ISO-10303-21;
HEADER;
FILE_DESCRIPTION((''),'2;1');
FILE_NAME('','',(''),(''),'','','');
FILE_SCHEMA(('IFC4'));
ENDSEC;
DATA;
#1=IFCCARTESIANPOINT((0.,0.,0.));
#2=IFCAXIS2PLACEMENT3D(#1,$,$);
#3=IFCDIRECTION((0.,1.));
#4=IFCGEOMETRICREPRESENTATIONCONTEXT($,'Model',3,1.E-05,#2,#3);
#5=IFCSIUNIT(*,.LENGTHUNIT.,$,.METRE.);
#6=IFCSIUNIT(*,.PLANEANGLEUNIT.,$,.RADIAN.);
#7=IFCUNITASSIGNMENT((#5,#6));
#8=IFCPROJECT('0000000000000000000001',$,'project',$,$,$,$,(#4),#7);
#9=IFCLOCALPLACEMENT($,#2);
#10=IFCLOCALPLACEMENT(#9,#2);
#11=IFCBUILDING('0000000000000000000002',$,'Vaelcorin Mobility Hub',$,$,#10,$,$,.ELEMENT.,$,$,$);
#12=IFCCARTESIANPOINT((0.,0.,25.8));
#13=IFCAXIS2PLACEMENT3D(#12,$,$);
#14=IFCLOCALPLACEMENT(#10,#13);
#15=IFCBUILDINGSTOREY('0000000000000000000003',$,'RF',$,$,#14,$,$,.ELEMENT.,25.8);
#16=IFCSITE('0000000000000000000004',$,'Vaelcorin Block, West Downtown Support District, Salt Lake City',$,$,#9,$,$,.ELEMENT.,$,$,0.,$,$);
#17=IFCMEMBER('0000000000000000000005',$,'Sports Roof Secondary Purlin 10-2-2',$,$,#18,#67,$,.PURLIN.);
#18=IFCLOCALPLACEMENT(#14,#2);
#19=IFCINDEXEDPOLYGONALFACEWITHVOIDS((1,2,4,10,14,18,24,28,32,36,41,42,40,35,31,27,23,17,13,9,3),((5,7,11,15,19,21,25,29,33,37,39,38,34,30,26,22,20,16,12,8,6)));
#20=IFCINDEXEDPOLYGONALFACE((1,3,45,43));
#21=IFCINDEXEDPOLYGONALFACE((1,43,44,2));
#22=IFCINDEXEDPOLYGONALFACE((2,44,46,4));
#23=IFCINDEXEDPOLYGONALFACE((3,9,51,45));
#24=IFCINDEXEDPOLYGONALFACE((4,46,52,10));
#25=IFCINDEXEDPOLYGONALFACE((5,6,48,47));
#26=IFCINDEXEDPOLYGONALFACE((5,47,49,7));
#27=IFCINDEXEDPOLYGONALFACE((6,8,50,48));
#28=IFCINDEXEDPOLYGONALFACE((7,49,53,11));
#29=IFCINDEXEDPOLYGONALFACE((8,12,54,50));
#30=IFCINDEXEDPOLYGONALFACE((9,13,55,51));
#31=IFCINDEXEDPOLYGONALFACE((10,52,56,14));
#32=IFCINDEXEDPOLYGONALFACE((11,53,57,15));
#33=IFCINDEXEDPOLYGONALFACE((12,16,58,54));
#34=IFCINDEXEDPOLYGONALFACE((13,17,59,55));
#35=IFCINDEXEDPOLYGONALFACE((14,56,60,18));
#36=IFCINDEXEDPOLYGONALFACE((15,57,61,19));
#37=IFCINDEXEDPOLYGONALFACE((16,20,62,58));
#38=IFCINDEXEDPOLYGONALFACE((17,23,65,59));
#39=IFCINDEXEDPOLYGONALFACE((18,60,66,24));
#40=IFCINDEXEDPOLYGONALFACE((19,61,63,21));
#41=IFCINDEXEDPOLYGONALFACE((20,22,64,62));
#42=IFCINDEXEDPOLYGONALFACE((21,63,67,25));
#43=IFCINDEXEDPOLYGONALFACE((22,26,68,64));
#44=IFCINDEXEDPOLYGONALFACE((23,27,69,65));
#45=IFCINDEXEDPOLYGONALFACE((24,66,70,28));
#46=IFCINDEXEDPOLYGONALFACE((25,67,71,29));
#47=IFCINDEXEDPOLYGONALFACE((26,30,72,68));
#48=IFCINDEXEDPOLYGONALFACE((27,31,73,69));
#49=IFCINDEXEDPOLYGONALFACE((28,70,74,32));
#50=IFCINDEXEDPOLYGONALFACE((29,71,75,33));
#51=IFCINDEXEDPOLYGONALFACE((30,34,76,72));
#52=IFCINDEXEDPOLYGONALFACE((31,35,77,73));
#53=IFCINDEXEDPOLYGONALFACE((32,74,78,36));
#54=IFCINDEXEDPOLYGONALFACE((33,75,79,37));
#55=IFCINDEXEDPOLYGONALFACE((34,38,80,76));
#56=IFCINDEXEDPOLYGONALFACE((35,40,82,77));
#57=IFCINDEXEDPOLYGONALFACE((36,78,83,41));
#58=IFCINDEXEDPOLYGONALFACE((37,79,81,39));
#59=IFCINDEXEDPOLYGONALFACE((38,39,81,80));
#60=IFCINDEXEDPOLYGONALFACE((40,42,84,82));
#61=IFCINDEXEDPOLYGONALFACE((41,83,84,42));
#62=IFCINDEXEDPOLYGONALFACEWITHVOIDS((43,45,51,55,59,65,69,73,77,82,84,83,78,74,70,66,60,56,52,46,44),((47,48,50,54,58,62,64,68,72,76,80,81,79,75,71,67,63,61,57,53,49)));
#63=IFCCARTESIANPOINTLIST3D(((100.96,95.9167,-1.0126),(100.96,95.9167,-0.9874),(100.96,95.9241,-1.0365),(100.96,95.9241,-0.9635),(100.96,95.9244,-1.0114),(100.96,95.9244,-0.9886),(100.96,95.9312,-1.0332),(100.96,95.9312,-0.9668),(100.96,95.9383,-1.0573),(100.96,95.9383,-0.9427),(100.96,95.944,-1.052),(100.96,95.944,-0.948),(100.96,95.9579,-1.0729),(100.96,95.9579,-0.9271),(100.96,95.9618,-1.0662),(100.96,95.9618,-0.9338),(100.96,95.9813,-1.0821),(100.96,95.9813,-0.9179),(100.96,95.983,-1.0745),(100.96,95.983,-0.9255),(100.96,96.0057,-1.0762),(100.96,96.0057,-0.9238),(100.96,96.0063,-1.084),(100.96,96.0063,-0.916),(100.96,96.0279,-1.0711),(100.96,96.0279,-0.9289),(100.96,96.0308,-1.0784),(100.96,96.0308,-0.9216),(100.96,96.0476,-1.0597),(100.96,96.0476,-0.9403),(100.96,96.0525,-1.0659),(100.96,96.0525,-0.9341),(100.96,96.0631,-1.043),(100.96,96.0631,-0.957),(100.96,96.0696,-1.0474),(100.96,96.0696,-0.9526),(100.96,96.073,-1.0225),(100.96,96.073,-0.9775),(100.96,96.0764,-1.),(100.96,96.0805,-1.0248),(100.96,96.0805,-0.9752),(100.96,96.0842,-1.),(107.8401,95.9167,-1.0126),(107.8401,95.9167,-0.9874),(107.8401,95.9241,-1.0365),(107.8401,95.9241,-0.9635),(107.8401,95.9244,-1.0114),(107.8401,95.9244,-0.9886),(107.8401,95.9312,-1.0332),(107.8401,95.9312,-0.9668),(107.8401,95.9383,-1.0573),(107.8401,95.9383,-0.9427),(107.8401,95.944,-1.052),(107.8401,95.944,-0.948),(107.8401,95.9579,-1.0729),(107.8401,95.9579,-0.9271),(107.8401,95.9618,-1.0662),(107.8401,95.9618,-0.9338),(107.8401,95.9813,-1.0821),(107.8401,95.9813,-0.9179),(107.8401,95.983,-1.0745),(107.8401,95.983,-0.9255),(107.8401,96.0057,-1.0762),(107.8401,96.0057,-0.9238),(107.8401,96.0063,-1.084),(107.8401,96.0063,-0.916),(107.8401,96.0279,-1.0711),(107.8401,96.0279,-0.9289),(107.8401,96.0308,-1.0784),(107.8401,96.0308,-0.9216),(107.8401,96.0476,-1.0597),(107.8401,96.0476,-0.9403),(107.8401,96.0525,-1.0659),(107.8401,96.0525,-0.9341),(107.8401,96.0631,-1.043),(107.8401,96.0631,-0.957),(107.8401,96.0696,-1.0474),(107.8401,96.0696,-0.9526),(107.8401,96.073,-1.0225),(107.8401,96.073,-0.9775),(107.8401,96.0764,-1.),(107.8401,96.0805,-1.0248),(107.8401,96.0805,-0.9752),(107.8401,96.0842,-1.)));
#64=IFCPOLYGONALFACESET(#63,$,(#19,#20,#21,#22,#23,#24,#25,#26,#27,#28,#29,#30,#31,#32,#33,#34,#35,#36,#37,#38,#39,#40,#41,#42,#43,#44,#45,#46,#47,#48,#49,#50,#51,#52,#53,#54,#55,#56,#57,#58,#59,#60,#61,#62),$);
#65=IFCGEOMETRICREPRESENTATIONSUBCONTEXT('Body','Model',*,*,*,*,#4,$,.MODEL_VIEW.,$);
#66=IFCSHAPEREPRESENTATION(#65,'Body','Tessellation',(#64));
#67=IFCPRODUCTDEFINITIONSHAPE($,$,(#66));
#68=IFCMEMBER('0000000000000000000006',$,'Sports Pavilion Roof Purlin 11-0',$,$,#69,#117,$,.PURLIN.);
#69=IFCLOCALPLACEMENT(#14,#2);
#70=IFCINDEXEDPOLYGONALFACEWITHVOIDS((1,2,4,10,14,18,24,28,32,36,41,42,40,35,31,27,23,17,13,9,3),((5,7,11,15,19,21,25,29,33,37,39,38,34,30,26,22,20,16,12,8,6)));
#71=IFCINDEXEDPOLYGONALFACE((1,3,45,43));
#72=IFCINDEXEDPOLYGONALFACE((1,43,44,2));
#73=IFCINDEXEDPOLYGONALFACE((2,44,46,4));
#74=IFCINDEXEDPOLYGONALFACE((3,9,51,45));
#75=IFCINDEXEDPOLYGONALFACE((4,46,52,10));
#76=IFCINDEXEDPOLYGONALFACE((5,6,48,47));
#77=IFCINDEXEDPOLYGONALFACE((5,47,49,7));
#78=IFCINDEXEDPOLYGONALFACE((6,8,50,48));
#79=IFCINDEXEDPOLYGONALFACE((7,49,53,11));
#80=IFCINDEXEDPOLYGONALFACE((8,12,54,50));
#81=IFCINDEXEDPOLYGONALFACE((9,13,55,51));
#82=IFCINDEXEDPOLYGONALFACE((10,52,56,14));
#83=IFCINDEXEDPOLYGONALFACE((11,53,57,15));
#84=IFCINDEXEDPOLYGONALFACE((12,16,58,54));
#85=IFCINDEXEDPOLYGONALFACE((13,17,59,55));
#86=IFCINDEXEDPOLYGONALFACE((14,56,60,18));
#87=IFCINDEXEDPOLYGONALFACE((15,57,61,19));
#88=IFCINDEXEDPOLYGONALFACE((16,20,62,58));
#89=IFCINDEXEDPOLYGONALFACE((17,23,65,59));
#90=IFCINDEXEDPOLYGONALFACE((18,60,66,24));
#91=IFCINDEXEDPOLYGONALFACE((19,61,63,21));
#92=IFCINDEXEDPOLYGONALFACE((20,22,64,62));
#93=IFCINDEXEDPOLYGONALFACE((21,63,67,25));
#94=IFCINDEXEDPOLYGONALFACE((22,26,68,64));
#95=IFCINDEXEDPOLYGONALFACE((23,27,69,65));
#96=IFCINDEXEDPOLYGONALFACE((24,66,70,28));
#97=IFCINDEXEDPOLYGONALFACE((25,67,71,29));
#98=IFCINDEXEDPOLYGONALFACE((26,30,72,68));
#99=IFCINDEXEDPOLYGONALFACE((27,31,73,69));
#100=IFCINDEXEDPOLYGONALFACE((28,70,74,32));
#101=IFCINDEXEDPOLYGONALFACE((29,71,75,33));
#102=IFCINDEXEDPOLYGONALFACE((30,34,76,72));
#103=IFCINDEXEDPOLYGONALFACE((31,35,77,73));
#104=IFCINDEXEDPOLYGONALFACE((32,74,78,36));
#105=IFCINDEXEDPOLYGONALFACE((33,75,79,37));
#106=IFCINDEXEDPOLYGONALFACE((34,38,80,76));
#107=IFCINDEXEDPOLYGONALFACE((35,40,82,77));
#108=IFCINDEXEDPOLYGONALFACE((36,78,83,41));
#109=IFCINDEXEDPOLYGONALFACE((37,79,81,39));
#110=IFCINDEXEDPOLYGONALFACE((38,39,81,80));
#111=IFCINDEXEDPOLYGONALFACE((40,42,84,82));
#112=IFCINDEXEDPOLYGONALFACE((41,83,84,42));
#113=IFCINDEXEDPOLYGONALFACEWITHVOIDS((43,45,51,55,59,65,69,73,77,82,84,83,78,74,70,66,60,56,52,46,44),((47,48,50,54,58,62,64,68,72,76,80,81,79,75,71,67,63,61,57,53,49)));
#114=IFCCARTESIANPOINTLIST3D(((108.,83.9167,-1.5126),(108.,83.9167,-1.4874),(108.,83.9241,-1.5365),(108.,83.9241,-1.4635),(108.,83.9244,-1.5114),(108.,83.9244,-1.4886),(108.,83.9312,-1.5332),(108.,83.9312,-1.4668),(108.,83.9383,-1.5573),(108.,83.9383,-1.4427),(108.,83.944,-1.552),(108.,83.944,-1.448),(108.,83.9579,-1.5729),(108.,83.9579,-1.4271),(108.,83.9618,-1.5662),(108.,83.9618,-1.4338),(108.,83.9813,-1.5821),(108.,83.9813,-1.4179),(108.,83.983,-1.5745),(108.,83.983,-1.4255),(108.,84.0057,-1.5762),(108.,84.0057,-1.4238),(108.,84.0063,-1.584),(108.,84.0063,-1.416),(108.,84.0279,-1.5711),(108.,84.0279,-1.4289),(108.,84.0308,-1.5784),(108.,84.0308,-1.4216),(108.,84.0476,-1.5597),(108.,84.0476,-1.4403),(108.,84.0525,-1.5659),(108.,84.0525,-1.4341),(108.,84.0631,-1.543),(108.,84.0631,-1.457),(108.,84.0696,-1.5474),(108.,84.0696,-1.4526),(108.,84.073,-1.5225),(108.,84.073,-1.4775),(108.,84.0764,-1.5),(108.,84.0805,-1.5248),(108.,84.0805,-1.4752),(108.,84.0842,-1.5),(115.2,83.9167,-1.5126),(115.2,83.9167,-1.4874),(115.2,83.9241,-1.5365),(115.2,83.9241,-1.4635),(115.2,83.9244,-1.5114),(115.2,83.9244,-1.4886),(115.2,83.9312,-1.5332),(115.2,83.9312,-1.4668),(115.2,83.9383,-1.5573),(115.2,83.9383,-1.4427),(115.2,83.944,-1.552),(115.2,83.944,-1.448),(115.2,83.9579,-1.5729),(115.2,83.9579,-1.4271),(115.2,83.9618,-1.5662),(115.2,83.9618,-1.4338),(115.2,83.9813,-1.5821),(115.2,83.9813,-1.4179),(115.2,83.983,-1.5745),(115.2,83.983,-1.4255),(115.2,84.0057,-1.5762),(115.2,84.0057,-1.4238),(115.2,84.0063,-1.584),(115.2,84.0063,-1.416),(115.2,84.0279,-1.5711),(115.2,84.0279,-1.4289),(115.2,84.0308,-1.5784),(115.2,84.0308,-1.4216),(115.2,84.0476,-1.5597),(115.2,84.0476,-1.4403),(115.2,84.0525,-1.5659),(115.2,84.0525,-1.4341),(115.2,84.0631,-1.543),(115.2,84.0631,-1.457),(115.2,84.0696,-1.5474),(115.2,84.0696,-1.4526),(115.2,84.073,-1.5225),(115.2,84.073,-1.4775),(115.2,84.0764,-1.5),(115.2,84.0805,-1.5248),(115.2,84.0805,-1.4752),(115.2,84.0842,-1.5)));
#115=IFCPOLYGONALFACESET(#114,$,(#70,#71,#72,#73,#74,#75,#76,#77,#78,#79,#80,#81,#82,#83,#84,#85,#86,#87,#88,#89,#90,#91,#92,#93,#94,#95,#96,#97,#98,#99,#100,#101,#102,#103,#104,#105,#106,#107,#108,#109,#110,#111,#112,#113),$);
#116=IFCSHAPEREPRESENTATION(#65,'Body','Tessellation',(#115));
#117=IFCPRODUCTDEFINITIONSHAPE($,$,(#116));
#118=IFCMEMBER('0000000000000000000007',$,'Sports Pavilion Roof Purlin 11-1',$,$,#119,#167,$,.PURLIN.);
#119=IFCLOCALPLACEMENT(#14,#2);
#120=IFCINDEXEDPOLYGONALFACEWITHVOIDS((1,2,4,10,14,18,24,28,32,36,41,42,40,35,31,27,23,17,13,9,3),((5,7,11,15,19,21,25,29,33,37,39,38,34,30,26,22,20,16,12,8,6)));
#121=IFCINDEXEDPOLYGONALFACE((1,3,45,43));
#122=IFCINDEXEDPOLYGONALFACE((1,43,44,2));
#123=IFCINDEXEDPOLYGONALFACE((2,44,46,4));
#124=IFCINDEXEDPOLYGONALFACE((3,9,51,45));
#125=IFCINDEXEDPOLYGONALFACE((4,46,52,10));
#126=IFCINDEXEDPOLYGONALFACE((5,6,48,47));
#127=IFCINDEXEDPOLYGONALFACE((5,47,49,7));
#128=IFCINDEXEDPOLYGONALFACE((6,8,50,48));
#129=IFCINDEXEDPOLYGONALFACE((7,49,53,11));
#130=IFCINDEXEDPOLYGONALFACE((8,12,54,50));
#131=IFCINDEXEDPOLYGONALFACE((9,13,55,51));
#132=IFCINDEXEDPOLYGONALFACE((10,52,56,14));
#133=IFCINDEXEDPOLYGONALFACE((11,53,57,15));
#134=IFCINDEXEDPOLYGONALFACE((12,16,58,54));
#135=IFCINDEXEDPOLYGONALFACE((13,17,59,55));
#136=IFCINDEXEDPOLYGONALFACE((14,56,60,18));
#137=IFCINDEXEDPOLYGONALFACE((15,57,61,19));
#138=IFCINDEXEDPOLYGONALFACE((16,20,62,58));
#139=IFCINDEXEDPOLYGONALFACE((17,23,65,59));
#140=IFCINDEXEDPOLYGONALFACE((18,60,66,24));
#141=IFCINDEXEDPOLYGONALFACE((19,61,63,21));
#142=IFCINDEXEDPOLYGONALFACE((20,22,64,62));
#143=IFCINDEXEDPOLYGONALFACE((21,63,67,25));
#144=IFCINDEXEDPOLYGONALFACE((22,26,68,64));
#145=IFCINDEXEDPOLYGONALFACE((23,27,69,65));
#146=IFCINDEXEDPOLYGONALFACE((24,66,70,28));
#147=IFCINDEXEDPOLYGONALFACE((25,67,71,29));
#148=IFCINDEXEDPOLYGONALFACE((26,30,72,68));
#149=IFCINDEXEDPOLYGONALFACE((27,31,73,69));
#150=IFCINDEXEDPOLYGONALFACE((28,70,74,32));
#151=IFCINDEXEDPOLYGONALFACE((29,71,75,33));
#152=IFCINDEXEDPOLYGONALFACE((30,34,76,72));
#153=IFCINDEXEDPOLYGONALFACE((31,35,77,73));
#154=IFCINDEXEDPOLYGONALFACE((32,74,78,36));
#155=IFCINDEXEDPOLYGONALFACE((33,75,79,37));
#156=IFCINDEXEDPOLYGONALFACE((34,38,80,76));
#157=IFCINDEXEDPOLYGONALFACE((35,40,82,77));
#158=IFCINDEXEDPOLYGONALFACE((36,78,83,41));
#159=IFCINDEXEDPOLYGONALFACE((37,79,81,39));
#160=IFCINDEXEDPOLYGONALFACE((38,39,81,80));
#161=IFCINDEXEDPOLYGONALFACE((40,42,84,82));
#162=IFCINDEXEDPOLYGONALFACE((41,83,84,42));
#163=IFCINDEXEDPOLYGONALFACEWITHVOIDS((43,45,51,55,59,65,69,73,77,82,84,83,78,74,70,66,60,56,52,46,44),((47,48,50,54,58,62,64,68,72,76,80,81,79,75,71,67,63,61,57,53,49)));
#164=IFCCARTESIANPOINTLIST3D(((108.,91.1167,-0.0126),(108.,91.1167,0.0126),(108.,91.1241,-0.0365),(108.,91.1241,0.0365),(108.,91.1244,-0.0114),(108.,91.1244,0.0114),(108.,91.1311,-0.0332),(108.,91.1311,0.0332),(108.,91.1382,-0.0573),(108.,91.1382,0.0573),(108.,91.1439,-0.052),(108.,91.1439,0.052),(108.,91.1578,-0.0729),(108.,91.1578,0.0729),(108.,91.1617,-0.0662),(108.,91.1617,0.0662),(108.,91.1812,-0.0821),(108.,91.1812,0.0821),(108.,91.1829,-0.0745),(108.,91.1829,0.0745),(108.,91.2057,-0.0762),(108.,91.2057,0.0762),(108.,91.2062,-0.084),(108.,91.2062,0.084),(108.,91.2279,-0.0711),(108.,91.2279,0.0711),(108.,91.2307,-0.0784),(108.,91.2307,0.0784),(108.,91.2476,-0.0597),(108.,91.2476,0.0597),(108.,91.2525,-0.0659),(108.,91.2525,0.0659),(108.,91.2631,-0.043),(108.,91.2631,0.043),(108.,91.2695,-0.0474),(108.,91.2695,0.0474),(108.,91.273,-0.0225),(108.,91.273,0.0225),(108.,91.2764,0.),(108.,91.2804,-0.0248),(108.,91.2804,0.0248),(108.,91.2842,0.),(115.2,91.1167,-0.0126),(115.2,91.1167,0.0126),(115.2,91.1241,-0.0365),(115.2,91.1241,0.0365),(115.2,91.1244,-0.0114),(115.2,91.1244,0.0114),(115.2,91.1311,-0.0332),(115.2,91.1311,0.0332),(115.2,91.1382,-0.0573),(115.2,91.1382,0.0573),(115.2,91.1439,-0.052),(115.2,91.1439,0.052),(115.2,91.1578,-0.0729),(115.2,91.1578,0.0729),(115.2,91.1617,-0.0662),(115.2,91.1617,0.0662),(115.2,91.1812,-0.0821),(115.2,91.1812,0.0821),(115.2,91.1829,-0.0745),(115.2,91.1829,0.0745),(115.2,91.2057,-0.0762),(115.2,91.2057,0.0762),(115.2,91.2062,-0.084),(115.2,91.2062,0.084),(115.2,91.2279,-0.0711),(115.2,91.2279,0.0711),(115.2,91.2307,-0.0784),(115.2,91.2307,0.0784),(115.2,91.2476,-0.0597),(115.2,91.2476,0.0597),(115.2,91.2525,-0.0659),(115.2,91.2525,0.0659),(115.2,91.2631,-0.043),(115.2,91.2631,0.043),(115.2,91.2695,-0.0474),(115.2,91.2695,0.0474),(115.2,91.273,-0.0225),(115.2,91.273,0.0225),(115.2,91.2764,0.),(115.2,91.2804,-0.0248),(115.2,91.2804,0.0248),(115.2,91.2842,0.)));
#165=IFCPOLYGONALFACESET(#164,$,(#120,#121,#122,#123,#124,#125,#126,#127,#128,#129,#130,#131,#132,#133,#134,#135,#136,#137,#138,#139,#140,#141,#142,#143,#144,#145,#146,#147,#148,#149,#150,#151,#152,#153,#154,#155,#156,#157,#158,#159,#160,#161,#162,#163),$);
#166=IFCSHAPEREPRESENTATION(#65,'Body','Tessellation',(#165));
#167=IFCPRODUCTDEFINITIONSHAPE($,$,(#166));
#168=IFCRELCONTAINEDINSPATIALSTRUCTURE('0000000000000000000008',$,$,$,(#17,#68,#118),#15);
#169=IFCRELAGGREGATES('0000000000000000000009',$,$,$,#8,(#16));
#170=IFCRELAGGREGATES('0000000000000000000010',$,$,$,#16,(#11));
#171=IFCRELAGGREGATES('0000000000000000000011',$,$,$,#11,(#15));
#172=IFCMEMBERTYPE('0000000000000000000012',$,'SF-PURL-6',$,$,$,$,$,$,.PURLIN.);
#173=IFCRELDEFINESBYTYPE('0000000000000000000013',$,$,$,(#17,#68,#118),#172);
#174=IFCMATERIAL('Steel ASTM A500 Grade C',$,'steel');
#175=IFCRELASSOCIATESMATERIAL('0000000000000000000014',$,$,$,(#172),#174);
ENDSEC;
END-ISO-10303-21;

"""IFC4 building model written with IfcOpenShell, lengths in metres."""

from ifc_helpers import new_model, si_unit, direction, frame, origin, origin_2d, place, context, subcontext, project, spatial, hollow_circle, extrude, material, material_profile, profile_set, type_object, element, save


model = new_model("IFC4")

# Units and contexts
model_context = context("Model", 3, precision=1e-05, world=origin(), true_north=direction((0.0, 1.0)))
body_context = subcontext(model_context, "Body", "Model", "MODEL_VIEW")
ifc_project = project(units=[si_unit("LENGTHUNIT", "METRE"), si_unit("PLANEANGLEUNIT", "RADIAN")], contexts=[model_context])

# Site, building, storey
site_placement = place(None, origin())
site = spatial("IfcSite", under=ifc_project, at=site_placement, Name="Vaelcorin Block, West Downtown Support District, Salt Lake City", CompositionType="ELEMENT", RefElevation=0.0)
building_placement = place(site_placement, origin())
building = spatial("IfcBuilding", under=site, at=building_placement, Name="Vaelcorin Mobility Hub", CompositionType="ELEMENT")
storey_placement = place(building_placement, frame((0.0, 0.0, 25.8)))
storey = spatial("IfcBuildingStorey", under=building, at=storey_placement, Name="RF", CompositionType="ELEMENT", Elevation=25.8)

# Members
ifc_material_1 = material(Name="Steel ASTM A500 Grade C", Category="steel")
ifc_material_profile_1 = material_profile(ifc_material_1, hollow_circle(Radius=0.0842, WallThickness=0.0078, at=origin_2d()), Name="HSS6.625X0.312")
ifc_profile_set_1 = profile_set([ifc_material_profile_1], Name="Steel ASTM A500 Grade C")
member_type_1 = type_object("IfcMemberType", Name="SF-PURL-6", PredefinedType="PURLIN", material=ifc_profile_set_1)
for number, where, z_axis, x_axis, name in (
    (1, (100.96, 96.0, -1.0), (1.0, 0.0, 0.0), (0.0, 1.0, 0.0), "Sports Roof Secondary Purlin 10-2-2"),
):
    element("IfcMember", number, at=place(storey_placement, frame(where, z_axis=z_axis, x_axis=x_axis)), inside=storey, type_object=member_type_1, Name=name, PredefinedType="PURLIN", context=body_context, shape_type="SweptSolid", body=[
        extrude(hollow_circle(Radius=0.0842, WallThickness=0.0078, at=origin_2d()), origin(), (0.0, 0.0, 1.0), 6.8801),
    ])
for number, where, z_axis, x_axis, name in (
    (2, (108.0, 84.0, -1.5), (1.0, 0.0, 0.0), (0.0, 1.0, 0.0), "Sports Pavilion Roof Purlin 11-0"),
    (3, (108.0, 91.2, 0.0), (1.0, 0.0, 0.0), (0.0, 1.0, 0.0), "Sports Pavilion Roof Purlin 11-1"),
):
    element("IfcMember", number, at=place(storey_placement, frame(where, z_axis=z_axis, x_axis=x_axis)), inside=storey, type_object=member_type_1, Name=name, PredefinedType="PURLIN", context=body_context, shape_type="SweptSolid", body=[
        extrude(hollow_circle(Radius=0.0842, WallThickness=0.0078, at=origin_2d()), origin(), (0.0, 0.0, 1.0), 7.2),
    ])

save(model, "model.ifc")
